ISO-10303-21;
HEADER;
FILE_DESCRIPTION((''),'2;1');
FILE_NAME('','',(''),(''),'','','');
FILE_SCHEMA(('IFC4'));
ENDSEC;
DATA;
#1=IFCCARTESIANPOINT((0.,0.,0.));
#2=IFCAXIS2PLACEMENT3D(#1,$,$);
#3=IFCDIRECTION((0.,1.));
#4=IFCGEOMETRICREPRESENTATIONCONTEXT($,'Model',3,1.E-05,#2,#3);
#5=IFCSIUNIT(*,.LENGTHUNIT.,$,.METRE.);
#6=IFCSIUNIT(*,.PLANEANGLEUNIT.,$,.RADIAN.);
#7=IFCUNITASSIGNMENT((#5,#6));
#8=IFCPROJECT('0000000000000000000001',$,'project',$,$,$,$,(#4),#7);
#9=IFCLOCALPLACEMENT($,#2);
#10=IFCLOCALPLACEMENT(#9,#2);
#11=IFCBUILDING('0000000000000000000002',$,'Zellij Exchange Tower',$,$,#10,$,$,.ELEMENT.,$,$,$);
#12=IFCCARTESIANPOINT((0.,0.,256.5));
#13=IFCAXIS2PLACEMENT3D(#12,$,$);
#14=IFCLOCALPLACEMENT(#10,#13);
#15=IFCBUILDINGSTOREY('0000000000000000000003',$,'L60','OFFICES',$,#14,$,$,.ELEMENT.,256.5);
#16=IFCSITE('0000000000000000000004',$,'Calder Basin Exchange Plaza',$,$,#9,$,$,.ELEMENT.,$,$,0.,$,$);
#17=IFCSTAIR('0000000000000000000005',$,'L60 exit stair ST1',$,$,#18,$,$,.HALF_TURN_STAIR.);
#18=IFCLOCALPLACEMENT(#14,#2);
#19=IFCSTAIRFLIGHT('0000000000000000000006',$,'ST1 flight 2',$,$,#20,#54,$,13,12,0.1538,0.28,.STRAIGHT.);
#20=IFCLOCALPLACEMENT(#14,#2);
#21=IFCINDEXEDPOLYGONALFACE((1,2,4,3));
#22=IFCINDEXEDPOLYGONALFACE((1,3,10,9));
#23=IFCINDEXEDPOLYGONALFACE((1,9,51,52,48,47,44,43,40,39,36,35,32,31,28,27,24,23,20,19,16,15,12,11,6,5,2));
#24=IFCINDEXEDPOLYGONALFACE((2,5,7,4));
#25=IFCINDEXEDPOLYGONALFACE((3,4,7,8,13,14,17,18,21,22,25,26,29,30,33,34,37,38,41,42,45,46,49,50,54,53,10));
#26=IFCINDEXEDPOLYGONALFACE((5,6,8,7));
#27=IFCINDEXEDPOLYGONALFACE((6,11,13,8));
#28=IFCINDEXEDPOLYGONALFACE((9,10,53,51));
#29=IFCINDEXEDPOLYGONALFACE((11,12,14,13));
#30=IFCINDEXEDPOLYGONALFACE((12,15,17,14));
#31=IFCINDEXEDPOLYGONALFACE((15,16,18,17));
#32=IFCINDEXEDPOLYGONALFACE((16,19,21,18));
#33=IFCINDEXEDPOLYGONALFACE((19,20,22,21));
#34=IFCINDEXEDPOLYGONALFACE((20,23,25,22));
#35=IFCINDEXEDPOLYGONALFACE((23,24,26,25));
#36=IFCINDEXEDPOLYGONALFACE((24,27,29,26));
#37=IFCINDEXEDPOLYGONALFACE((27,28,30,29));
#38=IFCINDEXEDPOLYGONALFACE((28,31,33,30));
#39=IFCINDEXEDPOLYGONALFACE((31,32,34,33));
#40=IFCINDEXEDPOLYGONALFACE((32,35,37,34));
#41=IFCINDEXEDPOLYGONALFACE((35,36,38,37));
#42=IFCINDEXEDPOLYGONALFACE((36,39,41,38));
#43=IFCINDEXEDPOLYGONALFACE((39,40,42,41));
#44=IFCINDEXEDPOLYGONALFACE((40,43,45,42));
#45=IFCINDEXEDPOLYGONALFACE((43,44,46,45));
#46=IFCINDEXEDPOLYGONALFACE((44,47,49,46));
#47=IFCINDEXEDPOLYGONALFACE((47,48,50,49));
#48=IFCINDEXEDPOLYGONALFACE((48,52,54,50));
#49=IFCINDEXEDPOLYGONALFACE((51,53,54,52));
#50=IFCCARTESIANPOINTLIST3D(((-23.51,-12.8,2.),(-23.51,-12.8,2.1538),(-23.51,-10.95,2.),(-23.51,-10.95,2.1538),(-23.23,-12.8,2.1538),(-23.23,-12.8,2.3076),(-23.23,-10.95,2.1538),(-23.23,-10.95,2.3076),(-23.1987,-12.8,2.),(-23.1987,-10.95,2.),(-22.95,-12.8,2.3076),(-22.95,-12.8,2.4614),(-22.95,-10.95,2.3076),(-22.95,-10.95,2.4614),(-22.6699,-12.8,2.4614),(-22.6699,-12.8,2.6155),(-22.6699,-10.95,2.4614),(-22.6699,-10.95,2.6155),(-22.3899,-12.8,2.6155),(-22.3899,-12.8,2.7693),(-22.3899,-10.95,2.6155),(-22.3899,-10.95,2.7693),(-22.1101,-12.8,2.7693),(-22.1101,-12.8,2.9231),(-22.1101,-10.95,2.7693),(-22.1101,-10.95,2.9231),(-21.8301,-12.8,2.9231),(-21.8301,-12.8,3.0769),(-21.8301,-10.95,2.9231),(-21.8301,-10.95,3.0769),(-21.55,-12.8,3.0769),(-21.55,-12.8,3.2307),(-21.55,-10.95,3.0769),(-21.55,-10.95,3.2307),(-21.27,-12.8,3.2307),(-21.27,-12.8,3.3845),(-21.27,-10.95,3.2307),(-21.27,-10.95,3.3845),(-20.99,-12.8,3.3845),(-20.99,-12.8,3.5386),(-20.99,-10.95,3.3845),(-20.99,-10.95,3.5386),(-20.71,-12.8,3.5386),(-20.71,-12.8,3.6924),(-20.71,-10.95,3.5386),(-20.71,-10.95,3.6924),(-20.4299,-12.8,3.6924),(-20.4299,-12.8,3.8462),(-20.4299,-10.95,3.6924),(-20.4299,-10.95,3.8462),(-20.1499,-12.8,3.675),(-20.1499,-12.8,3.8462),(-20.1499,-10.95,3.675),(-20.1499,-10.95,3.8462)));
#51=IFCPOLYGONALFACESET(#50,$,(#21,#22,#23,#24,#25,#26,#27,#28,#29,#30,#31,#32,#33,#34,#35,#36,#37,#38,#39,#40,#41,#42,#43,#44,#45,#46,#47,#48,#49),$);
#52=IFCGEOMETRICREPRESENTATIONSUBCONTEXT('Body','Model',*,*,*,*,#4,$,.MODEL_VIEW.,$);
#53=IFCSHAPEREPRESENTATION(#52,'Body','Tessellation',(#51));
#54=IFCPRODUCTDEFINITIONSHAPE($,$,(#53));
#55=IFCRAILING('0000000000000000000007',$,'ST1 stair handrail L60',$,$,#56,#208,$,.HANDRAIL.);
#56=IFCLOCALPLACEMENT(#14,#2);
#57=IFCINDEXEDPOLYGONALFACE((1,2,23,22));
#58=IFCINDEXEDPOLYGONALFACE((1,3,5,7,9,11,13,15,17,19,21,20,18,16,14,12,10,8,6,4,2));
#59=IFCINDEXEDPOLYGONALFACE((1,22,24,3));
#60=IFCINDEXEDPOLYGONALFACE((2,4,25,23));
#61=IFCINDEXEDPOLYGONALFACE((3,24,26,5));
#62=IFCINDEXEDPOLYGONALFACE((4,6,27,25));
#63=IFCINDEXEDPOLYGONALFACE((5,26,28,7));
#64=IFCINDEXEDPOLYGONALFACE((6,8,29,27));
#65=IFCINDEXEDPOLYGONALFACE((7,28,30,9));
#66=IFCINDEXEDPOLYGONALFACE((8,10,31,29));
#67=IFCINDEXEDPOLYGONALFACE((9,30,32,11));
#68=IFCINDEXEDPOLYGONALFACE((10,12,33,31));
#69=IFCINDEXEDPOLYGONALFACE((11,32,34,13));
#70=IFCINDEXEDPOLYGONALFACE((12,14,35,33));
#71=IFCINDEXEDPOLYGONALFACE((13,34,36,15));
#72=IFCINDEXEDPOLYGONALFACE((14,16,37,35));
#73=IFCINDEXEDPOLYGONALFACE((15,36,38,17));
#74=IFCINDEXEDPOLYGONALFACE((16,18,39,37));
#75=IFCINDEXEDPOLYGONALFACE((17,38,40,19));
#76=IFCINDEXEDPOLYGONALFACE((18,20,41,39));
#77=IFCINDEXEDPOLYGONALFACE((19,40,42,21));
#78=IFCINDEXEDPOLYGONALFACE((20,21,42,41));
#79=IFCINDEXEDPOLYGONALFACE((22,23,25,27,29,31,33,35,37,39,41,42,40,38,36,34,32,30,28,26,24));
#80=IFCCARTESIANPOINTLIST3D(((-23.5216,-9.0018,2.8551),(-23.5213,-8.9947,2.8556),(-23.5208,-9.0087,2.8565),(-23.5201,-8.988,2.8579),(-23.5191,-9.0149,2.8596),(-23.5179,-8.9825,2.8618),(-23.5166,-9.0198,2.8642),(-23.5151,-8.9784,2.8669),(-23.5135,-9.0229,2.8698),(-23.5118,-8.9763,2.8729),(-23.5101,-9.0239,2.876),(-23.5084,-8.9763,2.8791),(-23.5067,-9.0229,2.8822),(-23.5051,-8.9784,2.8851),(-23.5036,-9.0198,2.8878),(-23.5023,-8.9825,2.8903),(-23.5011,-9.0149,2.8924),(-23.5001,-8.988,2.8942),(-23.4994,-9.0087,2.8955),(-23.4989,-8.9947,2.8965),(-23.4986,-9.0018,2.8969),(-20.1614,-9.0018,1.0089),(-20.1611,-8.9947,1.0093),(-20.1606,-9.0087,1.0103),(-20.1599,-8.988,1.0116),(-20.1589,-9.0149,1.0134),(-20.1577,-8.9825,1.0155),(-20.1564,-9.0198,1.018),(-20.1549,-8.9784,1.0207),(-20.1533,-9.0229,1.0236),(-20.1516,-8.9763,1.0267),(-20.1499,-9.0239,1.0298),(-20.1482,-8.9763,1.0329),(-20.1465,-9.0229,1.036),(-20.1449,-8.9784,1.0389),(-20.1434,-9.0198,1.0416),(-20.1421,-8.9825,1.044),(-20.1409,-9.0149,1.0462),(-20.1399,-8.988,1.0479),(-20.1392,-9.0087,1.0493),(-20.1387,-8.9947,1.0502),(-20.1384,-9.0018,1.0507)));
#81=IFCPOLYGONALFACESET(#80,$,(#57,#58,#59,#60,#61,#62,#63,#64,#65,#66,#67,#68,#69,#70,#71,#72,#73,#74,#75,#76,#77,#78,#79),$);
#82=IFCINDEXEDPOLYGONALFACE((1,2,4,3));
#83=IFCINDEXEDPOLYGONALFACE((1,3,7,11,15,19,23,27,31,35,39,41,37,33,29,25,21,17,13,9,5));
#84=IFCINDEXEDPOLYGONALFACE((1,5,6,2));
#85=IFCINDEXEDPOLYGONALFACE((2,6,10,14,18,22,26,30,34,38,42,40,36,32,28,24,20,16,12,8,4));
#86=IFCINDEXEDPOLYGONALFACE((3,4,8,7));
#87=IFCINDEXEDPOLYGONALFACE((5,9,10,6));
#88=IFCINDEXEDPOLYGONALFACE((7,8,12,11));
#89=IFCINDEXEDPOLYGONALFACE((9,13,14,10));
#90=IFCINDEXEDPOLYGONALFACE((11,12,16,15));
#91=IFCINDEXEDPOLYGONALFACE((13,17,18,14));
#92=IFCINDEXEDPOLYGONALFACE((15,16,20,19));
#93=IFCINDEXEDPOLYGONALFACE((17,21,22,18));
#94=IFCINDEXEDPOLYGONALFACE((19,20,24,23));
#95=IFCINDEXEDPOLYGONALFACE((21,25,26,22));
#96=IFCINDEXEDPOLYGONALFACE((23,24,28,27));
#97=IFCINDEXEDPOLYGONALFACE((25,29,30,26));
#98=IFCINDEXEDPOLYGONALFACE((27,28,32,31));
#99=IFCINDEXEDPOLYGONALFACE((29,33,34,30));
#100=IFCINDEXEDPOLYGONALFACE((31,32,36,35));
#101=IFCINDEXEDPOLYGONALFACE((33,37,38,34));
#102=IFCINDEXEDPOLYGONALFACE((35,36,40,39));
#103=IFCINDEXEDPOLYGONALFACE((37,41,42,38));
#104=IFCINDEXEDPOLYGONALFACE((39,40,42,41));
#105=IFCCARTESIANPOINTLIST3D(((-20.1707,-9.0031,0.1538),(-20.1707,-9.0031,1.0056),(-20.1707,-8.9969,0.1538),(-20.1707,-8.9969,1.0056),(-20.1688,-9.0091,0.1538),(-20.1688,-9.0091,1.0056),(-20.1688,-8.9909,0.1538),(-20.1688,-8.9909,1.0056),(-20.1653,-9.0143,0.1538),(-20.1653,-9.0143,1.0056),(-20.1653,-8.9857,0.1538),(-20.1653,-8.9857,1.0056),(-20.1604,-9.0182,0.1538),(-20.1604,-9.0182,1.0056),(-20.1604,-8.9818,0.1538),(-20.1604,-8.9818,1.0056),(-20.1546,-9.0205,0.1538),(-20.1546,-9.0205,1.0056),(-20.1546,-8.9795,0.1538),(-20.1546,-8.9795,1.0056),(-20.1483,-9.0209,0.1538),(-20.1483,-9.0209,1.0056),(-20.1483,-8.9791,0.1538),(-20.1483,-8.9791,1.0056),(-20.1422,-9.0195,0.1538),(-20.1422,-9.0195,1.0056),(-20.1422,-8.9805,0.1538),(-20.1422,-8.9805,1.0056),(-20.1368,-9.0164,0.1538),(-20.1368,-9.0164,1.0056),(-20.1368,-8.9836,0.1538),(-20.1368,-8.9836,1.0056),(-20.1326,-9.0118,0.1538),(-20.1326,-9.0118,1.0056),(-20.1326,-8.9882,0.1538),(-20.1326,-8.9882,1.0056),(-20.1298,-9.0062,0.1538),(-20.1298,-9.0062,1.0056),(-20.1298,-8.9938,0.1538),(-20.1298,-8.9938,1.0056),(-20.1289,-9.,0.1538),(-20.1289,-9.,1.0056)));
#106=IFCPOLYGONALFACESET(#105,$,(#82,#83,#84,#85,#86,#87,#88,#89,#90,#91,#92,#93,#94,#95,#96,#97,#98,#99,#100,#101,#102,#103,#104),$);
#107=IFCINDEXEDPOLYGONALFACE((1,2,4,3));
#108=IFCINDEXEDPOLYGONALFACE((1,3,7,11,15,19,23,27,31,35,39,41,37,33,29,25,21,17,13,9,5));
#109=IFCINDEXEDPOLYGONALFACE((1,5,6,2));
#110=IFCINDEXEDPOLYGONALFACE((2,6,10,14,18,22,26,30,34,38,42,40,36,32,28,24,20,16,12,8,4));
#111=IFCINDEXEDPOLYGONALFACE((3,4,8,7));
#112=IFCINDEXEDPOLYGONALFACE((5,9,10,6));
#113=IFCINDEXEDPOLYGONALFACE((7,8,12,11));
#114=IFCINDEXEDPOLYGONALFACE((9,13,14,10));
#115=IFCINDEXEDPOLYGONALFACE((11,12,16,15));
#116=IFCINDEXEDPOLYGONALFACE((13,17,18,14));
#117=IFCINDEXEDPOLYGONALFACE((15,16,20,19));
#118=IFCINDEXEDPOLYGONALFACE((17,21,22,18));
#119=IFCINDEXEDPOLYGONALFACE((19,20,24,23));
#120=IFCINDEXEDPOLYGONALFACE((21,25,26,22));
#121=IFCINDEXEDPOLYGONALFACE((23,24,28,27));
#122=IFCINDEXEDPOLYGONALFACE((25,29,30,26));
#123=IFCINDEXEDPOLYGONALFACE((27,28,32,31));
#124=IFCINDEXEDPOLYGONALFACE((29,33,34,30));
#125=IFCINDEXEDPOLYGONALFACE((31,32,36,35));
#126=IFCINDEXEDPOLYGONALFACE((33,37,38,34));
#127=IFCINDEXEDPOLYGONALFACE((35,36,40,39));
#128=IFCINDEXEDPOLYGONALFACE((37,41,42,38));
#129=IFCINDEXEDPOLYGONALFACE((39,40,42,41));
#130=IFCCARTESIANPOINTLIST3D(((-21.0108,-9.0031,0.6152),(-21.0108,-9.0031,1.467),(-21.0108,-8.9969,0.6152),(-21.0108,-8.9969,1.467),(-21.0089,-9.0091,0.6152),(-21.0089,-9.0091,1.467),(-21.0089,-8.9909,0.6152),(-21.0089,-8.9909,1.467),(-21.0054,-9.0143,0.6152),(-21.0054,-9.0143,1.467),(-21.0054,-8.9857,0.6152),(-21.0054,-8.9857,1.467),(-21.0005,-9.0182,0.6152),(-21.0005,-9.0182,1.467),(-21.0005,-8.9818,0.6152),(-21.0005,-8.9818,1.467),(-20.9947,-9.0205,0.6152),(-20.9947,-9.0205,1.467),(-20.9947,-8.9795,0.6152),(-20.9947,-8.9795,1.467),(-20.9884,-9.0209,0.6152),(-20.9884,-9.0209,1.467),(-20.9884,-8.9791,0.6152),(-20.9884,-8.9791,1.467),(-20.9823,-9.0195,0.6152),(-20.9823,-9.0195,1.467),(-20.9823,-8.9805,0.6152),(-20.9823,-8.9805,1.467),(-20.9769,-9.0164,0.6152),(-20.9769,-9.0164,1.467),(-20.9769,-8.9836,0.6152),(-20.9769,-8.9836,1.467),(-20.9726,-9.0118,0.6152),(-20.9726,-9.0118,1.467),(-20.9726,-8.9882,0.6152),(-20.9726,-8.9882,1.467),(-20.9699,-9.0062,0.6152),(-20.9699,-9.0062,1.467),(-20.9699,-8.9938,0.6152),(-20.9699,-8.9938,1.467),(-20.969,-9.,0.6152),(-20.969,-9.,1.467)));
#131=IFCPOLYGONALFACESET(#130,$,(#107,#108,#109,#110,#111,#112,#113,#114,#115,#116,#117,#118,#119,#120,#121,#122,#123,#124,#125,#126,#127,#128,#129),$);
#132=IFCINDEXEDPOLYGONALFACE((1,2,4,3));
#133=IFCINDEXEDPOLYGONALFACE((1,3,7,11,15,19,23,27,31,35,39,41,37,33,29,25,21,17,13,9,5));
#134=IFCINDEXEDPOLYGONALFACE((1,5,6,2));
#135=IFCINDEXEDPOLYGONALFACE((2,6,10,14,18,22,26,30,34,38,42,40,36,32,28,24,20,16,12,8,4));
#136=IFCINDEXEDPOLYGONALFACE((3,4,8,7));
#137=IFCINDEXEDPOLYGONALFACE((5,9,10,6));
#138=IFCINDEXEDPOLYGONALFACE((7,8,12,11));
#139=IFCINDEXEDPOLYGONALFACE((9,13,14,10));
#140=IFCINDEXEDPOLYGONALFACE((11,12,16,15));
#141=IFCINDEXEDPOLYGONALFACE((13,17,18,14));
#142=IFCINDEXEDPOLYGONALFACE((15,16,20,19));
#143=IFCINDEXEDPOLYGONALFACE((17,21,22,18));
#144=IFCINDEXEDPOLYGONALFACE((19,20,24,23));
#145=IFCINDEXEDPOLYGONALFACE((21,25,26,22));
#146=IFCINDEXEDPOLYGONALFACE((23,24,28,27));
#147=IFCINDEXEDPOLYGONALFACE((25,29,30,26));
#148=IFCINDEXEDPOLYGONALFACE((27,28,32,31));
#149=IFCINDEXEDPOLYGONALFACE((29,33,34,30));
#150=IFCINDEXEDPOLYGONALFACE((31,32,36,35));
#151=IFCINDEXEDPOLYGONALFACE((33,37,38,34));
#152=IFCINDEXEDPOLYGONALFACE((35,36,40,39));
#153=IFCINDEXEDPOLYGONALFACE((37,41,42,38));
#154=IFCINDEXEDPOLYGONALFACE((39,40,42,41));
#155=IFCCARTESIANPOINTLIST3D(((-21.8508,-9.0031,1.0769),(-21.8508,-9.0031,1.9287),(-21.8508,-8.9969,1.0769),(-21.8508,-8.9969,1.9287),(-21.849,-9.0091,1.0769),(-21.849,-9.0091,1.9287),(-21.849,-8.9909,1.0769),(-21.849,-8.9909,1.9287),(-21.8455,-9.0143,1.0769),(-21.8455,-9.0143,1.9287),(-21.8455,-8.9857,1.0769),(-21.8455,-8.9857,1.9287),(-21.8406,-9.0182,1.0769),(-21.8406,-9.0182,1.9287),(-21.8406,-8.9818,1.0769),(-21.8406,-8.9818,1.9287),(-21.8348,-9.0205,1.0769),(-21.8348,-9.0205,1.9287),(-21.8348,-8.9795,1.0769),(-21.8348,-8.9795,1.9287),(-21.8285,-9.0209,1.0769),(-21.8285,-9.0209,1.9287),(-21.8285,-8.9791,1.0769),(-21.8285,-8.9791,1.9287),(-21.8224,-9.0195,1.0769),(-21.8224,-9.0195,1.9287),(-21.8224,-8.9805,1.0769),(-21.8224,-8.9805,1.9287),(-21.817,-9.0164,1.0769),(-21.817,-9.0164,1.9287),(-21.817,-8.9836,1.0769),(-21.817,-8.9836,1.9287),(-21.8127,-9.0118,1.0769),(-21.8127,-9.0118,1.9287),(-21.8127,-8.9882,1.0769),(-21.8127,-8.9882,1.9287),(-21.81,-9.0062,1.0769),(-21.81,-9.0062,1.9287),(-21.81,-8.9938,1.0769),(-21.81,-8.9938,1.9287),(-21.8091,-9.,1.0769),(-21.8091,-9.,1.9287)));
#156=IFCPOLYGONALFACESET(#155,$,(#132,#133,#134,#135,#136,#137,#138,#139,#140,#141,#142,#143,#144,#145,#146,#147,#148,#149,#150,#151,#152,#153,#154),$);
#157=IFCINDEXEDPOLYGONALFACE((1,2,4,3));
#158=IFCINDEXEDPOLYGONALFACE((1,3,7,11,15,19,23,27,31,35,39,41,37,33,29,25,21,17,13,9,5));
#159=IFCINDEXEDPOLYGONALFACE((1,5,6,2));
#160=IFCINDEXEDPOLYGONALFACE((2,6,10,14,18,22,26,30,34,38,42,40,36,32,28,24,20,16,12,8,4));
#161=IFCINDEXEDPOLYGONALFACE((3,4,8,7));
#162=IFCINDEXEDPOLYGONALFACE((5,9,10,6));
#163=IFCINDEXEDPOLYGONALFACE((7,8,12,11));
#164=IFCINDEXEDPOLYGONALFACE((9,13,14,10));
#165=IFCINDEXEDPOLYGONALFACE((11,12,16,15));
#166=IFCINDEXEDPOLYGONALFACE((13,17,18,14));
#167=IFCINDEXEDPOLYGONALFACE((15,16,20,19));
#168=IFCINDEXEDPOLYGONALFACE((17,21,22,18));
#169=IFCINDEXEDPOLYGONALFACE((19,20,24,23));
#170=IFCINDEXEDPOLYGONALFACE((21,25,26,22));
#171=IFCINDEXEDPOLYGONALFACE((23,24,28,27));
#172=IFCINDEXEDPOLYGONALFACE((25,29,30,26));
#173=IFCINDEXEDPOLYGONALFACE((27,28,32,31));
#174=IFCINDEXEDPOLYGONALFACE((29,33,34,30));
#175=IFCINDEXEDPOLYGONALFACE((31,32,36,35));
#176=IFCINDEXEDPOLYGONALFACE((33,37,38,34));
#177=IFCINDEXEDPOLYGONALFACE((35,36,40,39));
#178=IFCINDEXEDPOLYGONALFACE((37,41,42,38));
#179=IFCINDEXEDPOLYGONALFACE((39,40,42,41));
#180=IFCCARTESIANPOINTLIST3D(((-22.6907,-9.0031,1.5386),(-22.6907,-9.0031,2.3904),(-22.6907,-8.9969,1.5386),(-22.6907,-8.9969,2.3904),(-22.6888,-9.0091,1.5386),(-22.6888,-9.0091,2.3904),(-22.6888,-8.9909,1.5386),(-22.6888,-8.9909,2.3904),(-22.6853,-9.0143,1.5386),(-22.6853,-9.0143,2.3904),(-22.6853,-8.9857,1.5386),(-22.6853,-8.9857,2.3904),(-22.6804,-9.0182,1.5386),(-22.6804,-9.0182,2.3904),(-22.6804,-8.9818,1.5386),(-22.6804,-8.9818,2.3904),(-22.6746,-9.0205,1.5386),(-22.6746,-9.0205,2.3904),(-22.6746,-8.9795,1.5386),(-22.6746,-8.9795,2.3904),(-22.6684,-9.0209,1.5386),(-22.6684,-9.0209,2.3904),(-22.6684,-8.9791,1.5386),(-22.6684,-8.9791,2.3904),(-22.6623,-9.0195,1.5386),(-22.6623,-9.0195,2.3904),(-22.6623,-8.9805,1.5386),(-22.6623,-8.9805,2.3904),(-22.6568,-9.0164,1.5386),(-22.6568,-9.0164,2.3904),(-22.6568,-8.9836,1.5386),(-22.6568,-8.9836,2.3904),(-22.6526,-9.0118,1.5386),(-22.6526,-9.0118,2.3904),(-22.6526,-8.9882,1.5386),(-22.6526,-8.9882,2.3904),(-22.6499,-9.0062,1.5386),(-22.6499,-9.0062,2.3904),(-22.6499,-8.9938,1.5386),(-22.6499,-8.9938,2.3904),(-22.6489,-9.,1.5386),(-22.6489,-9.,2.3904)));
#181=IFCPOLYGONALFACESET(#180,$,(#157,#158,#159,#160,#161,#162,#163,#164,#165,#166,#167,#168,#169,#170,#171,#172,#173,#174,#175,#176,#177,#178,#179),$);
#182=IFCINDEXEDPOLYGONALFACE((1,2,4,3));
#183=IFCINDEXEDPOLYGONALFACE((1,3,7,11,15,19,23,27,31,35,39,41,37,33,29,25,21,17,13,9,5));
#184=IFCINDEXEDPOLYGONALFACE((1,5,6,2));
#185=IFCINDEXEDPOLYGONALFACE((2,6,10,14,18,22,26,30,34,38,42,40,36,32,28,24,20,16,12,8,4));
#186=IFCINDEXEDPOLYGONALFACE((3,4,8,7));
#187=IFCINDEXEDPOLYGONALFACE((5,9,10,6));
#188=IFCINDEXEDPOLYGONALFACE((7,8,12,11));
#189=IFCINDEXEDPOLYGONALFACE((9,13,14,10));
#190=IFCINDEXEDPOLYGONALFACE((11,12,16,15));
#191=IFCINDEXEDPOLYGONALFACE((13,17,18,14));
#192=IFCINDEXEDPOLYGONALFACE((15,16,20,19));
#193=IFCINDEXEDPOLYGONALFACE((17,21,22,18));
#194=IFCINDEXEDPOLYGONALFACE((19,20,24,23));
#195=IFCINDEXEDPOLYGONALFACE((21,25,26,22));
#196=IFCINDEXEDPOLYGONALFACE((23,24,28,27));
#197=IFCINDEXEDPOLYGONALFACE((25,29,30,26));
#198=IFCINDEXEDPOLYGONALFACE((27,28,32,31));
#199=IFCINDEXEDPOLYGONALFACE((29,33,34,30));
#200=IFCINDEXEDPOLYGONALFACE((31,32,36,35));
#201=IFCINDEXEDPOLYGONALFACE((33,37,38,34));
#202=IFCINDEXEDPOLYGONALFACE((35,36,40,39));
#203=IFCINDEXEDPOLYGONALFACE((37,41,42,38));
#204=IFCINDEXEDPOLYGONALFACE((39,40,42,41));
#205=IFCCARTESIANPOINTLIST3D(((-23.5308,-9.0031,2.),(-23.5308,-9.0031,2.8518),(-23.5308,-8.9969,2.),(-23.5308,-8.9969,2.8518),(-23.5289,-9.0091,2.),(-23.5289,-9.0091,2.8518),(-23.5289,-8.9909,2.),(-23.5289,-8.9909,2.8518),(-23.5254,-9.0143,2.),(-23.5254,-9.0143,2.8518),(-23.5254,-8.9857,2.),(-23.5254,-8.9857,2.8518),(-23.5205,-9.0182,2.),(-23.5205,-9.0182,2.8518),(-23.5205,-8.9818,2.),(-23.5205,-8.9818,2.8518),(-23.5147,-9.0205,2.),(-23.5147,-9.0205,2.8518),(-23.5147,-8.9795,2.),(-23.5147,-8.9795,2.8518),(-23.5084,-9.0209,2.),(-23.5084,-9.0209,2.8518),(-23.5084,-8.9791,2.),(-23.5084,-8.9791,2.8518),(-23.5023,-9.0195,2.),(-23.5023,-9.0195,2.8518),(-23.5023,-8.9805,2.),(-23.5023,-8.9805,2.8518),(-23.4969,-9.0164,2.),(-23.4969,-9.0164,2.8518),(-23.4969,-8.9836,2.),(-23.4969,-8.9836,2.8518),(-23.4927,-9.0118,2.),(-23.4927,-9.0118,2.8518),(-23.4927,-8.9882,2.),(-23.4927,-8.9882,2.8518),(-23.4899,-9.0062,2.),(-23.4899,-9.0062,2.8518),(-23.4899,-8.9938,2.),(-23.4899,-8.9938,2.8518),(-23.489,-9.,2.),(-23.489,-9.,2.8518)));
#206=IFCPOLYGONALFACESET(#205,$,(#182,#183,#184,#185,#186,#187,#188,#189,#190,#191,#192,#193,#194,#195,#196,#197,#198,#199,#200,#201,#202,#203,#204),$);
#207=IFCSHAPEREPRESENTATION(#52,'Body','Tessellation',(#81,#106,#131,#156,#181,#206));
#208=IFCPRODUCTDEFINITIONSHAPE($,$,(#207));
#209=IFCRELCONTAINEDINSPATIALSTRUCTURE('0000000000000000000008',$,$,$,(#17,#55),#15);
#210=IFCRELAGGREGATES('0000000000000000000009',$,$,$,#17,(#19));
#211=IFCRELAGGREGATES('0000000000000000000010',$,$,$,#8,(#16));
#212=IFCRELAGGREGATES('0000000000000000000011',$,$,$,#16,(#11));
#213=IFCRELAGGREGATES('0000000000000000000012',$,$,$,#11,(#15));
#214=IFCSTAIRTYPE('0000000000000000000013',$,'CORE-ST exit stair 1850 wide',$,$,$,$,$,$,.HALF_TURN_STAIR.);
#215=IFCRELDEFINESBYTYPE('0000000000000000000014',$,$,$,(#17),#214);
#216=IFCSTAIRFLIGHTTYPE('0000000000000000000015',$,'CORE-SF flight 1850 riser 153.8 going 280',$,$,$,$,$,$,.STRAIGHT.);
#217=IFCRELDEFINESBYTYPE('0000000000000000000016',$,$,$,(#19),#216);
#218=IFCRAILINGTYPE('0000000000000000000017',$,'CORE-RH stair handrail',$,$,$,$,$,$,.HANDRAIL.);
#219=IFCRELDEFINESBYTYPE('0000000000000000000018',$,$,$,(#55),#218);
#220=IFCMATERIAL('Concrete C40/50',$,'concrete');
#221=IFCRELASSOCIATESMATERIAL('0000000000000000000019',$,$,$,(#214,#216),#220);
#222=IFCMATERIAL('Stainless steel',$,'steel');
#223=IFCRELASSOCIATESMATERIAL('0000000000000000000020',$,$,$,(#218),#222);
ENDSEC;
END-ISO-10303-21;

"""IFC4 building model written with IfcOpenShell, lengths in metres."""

from ifc_helpers import new_model, si_unit, direction, frame, origin, origin_2d, place, context, subcontext, project, spatial, polyline, circle, outline, extrude, material, type_object, element, aggregate, save


model = new_model("IFC4")

# Units and contexts
model_context = context("Model", 3, precision=1e-05, world=origin(), true_north=direction((0.0, 1.0)))
body_context = subcontext(model_context, "Body", "Model", "MODEL_VIEW")
ifc_project = project(units=[si_unit("LENGTHUNIT", "METRE"), si_unit("PLANEANGLEUNIT", "RADIAN")], contexts=[model_context])

# Site, building, storey
site_placement = place(None, origin())
site = spatial("IfcSite", under=ifc_project, at=site_placement, Name="Calder Basin Exchange Plaza", CompositionType="ELEMENT", RefElevation=0.0)
building_placement = place(site_placement, origin())
building = spatial("IfcBuilding", under=site, at=building_placement, Name="Zellij Exchange Tower", CompositionType="ELEMENT")
storey_placement = place(building_placement, frame((0.0, 0.0, 256.5)))
storey = spatial("IfcBuildingStorey", under=building, at=storey_placement, Name="L60", Description="OFFICES", CompositionType="ELEMENT", Elevation=256.5)

# Stair, stair flight
ifc_material_1 = material(Name="Concrete C40/50", Category="concrete")
stair_type = type_object("IfcStairType", Name="CORE-ST exit stair 1850 wide", PredefinedType="HALF_TURN_STAIR", material=ifc_material_1)
stair_placement = place(storey_placement, origin())
stair = element("IfcStair", 1, at=stair_placement, inside=storey, type_object=stair_type, Name="L60 exit stair ST1", PredefinedType="HALF_TURN_STAIR")
stair_flight_type = type_object("IfcStairFlightType", Name="CORE-SF flight 1850 riser 153.8 going 280", PredefinedType="STRAIGHT", material=ifc_material_1)
stair_flight_1_placement = place(storey_placement, frame((-23.51, -11.875, 2.0), z_axis=(0.0, 0.0, 1.0), x_axis=(1.0, 0.0, 0.0)))
stair_flight_1 = element("IfcStairFlight", 2, at=stair_flight_1_placement, type_object=stair_flight_type, Name="ST1 flight 2", NumberOfRisers=13, NumberOfTreads=12, PredefinedType="STRAIGHT", RiserHeight=0.1538, TreadLength=0.28, context=body_context, shape_type="SweptSolid", body=[
    extrude(outline(polyline([(0.0, 0.0), (0.0, 0.1538), (0.28, 0.1538), (0.28, 0.3076), (0.5601, 0.3076), (0.5601, 0.4614), (0.8401, 0.4614), (0.8401, 0.6155), (1.1201, 0.6155), (1.1201, 0.7693), (1.3999, 0.7693), (1.3999, 0.9231), (1.6799, 0.9231), (1.6799, 1.0769), (1.96, 1.0769), (1.96, 1.2307), (2.24, 1.2307), (2.24, 1.3845), (2.52, 1.3845), (2.52, 1.5386), (2.8, 1.5386), (2.8, 1.6924), (3.0801, 1.6924), (3.0801, 1.8462), (3.3601, 1.8462), (3.3601, 2.0), (3.3601, 1.675), (0.3113, 0.0), (0.0, 0.0)])), frame((0.0, 0.925, 0.0), z_axis=(0.0, -1.0, 0.0), x_axis=(1.0, 0.0, 0.0)), (0.0, 0.0, 1.0), 1.8501),
])
aggregate(stair, [stair_flight_1])

# Railing
ifc_material_2 = material(Name="Stainless steel", Category="steel")
railing_type = type_object("IfcRailingType", Name="CORE-RH stair handrail", PredefinedType="HANDRAIL", material=ifc_material_2)
railing_1_placement = place(storey_placement, frame((-20.1499, -9.0, 0.1538)))
element("IfcRailing", 3, at=railing_1_placement, inside=storey, type_object=railing_type, Name="ST1 stair handrail L60", PredefinedType="HANDRAIL", context=body_context, shape_type="SweptSolid", body=[
    extrude(circle(Radius=0.0239, at=origin_2d()), frame((0.0, 0.0, 0.876), z_axis=(-0.876422, 0.0, 0.481545), x_axis=(0.0, -1.0, 0.0)), (0.0, 0.0, 1.0), 3.834),
    extrude(circle(Radius=0.021, at=origin_2d()), origin(), (0.0, 0.0, 1.0), 0.8518),
    extrude(circle(Radius=0.021, at=origin_2d()), frame((-0.8401, 0.0, 0.4614)), (0.0, 0.0, 1.0), 0.8518),
    extrude(circle(Radius=0.021, at=origin_2d()), frame((-1.6802, 0.0, 0.9231)), (0.0, 0.0, 1.0), 0.8518),
    extrude(circle(Radius=0.021, at=origin_2d()), frame((-2.52, 0.0, 1.3848)), (0.0, 0.0, 1.0), 0.8518),
    extrude(circle(Radius=0.021, at=origin_2d()), frame((-3.3601, 0.0, 1.8462)), (0.0, 0.0, 1.0), 0.8518),
])

save(model, "model.ifc")
